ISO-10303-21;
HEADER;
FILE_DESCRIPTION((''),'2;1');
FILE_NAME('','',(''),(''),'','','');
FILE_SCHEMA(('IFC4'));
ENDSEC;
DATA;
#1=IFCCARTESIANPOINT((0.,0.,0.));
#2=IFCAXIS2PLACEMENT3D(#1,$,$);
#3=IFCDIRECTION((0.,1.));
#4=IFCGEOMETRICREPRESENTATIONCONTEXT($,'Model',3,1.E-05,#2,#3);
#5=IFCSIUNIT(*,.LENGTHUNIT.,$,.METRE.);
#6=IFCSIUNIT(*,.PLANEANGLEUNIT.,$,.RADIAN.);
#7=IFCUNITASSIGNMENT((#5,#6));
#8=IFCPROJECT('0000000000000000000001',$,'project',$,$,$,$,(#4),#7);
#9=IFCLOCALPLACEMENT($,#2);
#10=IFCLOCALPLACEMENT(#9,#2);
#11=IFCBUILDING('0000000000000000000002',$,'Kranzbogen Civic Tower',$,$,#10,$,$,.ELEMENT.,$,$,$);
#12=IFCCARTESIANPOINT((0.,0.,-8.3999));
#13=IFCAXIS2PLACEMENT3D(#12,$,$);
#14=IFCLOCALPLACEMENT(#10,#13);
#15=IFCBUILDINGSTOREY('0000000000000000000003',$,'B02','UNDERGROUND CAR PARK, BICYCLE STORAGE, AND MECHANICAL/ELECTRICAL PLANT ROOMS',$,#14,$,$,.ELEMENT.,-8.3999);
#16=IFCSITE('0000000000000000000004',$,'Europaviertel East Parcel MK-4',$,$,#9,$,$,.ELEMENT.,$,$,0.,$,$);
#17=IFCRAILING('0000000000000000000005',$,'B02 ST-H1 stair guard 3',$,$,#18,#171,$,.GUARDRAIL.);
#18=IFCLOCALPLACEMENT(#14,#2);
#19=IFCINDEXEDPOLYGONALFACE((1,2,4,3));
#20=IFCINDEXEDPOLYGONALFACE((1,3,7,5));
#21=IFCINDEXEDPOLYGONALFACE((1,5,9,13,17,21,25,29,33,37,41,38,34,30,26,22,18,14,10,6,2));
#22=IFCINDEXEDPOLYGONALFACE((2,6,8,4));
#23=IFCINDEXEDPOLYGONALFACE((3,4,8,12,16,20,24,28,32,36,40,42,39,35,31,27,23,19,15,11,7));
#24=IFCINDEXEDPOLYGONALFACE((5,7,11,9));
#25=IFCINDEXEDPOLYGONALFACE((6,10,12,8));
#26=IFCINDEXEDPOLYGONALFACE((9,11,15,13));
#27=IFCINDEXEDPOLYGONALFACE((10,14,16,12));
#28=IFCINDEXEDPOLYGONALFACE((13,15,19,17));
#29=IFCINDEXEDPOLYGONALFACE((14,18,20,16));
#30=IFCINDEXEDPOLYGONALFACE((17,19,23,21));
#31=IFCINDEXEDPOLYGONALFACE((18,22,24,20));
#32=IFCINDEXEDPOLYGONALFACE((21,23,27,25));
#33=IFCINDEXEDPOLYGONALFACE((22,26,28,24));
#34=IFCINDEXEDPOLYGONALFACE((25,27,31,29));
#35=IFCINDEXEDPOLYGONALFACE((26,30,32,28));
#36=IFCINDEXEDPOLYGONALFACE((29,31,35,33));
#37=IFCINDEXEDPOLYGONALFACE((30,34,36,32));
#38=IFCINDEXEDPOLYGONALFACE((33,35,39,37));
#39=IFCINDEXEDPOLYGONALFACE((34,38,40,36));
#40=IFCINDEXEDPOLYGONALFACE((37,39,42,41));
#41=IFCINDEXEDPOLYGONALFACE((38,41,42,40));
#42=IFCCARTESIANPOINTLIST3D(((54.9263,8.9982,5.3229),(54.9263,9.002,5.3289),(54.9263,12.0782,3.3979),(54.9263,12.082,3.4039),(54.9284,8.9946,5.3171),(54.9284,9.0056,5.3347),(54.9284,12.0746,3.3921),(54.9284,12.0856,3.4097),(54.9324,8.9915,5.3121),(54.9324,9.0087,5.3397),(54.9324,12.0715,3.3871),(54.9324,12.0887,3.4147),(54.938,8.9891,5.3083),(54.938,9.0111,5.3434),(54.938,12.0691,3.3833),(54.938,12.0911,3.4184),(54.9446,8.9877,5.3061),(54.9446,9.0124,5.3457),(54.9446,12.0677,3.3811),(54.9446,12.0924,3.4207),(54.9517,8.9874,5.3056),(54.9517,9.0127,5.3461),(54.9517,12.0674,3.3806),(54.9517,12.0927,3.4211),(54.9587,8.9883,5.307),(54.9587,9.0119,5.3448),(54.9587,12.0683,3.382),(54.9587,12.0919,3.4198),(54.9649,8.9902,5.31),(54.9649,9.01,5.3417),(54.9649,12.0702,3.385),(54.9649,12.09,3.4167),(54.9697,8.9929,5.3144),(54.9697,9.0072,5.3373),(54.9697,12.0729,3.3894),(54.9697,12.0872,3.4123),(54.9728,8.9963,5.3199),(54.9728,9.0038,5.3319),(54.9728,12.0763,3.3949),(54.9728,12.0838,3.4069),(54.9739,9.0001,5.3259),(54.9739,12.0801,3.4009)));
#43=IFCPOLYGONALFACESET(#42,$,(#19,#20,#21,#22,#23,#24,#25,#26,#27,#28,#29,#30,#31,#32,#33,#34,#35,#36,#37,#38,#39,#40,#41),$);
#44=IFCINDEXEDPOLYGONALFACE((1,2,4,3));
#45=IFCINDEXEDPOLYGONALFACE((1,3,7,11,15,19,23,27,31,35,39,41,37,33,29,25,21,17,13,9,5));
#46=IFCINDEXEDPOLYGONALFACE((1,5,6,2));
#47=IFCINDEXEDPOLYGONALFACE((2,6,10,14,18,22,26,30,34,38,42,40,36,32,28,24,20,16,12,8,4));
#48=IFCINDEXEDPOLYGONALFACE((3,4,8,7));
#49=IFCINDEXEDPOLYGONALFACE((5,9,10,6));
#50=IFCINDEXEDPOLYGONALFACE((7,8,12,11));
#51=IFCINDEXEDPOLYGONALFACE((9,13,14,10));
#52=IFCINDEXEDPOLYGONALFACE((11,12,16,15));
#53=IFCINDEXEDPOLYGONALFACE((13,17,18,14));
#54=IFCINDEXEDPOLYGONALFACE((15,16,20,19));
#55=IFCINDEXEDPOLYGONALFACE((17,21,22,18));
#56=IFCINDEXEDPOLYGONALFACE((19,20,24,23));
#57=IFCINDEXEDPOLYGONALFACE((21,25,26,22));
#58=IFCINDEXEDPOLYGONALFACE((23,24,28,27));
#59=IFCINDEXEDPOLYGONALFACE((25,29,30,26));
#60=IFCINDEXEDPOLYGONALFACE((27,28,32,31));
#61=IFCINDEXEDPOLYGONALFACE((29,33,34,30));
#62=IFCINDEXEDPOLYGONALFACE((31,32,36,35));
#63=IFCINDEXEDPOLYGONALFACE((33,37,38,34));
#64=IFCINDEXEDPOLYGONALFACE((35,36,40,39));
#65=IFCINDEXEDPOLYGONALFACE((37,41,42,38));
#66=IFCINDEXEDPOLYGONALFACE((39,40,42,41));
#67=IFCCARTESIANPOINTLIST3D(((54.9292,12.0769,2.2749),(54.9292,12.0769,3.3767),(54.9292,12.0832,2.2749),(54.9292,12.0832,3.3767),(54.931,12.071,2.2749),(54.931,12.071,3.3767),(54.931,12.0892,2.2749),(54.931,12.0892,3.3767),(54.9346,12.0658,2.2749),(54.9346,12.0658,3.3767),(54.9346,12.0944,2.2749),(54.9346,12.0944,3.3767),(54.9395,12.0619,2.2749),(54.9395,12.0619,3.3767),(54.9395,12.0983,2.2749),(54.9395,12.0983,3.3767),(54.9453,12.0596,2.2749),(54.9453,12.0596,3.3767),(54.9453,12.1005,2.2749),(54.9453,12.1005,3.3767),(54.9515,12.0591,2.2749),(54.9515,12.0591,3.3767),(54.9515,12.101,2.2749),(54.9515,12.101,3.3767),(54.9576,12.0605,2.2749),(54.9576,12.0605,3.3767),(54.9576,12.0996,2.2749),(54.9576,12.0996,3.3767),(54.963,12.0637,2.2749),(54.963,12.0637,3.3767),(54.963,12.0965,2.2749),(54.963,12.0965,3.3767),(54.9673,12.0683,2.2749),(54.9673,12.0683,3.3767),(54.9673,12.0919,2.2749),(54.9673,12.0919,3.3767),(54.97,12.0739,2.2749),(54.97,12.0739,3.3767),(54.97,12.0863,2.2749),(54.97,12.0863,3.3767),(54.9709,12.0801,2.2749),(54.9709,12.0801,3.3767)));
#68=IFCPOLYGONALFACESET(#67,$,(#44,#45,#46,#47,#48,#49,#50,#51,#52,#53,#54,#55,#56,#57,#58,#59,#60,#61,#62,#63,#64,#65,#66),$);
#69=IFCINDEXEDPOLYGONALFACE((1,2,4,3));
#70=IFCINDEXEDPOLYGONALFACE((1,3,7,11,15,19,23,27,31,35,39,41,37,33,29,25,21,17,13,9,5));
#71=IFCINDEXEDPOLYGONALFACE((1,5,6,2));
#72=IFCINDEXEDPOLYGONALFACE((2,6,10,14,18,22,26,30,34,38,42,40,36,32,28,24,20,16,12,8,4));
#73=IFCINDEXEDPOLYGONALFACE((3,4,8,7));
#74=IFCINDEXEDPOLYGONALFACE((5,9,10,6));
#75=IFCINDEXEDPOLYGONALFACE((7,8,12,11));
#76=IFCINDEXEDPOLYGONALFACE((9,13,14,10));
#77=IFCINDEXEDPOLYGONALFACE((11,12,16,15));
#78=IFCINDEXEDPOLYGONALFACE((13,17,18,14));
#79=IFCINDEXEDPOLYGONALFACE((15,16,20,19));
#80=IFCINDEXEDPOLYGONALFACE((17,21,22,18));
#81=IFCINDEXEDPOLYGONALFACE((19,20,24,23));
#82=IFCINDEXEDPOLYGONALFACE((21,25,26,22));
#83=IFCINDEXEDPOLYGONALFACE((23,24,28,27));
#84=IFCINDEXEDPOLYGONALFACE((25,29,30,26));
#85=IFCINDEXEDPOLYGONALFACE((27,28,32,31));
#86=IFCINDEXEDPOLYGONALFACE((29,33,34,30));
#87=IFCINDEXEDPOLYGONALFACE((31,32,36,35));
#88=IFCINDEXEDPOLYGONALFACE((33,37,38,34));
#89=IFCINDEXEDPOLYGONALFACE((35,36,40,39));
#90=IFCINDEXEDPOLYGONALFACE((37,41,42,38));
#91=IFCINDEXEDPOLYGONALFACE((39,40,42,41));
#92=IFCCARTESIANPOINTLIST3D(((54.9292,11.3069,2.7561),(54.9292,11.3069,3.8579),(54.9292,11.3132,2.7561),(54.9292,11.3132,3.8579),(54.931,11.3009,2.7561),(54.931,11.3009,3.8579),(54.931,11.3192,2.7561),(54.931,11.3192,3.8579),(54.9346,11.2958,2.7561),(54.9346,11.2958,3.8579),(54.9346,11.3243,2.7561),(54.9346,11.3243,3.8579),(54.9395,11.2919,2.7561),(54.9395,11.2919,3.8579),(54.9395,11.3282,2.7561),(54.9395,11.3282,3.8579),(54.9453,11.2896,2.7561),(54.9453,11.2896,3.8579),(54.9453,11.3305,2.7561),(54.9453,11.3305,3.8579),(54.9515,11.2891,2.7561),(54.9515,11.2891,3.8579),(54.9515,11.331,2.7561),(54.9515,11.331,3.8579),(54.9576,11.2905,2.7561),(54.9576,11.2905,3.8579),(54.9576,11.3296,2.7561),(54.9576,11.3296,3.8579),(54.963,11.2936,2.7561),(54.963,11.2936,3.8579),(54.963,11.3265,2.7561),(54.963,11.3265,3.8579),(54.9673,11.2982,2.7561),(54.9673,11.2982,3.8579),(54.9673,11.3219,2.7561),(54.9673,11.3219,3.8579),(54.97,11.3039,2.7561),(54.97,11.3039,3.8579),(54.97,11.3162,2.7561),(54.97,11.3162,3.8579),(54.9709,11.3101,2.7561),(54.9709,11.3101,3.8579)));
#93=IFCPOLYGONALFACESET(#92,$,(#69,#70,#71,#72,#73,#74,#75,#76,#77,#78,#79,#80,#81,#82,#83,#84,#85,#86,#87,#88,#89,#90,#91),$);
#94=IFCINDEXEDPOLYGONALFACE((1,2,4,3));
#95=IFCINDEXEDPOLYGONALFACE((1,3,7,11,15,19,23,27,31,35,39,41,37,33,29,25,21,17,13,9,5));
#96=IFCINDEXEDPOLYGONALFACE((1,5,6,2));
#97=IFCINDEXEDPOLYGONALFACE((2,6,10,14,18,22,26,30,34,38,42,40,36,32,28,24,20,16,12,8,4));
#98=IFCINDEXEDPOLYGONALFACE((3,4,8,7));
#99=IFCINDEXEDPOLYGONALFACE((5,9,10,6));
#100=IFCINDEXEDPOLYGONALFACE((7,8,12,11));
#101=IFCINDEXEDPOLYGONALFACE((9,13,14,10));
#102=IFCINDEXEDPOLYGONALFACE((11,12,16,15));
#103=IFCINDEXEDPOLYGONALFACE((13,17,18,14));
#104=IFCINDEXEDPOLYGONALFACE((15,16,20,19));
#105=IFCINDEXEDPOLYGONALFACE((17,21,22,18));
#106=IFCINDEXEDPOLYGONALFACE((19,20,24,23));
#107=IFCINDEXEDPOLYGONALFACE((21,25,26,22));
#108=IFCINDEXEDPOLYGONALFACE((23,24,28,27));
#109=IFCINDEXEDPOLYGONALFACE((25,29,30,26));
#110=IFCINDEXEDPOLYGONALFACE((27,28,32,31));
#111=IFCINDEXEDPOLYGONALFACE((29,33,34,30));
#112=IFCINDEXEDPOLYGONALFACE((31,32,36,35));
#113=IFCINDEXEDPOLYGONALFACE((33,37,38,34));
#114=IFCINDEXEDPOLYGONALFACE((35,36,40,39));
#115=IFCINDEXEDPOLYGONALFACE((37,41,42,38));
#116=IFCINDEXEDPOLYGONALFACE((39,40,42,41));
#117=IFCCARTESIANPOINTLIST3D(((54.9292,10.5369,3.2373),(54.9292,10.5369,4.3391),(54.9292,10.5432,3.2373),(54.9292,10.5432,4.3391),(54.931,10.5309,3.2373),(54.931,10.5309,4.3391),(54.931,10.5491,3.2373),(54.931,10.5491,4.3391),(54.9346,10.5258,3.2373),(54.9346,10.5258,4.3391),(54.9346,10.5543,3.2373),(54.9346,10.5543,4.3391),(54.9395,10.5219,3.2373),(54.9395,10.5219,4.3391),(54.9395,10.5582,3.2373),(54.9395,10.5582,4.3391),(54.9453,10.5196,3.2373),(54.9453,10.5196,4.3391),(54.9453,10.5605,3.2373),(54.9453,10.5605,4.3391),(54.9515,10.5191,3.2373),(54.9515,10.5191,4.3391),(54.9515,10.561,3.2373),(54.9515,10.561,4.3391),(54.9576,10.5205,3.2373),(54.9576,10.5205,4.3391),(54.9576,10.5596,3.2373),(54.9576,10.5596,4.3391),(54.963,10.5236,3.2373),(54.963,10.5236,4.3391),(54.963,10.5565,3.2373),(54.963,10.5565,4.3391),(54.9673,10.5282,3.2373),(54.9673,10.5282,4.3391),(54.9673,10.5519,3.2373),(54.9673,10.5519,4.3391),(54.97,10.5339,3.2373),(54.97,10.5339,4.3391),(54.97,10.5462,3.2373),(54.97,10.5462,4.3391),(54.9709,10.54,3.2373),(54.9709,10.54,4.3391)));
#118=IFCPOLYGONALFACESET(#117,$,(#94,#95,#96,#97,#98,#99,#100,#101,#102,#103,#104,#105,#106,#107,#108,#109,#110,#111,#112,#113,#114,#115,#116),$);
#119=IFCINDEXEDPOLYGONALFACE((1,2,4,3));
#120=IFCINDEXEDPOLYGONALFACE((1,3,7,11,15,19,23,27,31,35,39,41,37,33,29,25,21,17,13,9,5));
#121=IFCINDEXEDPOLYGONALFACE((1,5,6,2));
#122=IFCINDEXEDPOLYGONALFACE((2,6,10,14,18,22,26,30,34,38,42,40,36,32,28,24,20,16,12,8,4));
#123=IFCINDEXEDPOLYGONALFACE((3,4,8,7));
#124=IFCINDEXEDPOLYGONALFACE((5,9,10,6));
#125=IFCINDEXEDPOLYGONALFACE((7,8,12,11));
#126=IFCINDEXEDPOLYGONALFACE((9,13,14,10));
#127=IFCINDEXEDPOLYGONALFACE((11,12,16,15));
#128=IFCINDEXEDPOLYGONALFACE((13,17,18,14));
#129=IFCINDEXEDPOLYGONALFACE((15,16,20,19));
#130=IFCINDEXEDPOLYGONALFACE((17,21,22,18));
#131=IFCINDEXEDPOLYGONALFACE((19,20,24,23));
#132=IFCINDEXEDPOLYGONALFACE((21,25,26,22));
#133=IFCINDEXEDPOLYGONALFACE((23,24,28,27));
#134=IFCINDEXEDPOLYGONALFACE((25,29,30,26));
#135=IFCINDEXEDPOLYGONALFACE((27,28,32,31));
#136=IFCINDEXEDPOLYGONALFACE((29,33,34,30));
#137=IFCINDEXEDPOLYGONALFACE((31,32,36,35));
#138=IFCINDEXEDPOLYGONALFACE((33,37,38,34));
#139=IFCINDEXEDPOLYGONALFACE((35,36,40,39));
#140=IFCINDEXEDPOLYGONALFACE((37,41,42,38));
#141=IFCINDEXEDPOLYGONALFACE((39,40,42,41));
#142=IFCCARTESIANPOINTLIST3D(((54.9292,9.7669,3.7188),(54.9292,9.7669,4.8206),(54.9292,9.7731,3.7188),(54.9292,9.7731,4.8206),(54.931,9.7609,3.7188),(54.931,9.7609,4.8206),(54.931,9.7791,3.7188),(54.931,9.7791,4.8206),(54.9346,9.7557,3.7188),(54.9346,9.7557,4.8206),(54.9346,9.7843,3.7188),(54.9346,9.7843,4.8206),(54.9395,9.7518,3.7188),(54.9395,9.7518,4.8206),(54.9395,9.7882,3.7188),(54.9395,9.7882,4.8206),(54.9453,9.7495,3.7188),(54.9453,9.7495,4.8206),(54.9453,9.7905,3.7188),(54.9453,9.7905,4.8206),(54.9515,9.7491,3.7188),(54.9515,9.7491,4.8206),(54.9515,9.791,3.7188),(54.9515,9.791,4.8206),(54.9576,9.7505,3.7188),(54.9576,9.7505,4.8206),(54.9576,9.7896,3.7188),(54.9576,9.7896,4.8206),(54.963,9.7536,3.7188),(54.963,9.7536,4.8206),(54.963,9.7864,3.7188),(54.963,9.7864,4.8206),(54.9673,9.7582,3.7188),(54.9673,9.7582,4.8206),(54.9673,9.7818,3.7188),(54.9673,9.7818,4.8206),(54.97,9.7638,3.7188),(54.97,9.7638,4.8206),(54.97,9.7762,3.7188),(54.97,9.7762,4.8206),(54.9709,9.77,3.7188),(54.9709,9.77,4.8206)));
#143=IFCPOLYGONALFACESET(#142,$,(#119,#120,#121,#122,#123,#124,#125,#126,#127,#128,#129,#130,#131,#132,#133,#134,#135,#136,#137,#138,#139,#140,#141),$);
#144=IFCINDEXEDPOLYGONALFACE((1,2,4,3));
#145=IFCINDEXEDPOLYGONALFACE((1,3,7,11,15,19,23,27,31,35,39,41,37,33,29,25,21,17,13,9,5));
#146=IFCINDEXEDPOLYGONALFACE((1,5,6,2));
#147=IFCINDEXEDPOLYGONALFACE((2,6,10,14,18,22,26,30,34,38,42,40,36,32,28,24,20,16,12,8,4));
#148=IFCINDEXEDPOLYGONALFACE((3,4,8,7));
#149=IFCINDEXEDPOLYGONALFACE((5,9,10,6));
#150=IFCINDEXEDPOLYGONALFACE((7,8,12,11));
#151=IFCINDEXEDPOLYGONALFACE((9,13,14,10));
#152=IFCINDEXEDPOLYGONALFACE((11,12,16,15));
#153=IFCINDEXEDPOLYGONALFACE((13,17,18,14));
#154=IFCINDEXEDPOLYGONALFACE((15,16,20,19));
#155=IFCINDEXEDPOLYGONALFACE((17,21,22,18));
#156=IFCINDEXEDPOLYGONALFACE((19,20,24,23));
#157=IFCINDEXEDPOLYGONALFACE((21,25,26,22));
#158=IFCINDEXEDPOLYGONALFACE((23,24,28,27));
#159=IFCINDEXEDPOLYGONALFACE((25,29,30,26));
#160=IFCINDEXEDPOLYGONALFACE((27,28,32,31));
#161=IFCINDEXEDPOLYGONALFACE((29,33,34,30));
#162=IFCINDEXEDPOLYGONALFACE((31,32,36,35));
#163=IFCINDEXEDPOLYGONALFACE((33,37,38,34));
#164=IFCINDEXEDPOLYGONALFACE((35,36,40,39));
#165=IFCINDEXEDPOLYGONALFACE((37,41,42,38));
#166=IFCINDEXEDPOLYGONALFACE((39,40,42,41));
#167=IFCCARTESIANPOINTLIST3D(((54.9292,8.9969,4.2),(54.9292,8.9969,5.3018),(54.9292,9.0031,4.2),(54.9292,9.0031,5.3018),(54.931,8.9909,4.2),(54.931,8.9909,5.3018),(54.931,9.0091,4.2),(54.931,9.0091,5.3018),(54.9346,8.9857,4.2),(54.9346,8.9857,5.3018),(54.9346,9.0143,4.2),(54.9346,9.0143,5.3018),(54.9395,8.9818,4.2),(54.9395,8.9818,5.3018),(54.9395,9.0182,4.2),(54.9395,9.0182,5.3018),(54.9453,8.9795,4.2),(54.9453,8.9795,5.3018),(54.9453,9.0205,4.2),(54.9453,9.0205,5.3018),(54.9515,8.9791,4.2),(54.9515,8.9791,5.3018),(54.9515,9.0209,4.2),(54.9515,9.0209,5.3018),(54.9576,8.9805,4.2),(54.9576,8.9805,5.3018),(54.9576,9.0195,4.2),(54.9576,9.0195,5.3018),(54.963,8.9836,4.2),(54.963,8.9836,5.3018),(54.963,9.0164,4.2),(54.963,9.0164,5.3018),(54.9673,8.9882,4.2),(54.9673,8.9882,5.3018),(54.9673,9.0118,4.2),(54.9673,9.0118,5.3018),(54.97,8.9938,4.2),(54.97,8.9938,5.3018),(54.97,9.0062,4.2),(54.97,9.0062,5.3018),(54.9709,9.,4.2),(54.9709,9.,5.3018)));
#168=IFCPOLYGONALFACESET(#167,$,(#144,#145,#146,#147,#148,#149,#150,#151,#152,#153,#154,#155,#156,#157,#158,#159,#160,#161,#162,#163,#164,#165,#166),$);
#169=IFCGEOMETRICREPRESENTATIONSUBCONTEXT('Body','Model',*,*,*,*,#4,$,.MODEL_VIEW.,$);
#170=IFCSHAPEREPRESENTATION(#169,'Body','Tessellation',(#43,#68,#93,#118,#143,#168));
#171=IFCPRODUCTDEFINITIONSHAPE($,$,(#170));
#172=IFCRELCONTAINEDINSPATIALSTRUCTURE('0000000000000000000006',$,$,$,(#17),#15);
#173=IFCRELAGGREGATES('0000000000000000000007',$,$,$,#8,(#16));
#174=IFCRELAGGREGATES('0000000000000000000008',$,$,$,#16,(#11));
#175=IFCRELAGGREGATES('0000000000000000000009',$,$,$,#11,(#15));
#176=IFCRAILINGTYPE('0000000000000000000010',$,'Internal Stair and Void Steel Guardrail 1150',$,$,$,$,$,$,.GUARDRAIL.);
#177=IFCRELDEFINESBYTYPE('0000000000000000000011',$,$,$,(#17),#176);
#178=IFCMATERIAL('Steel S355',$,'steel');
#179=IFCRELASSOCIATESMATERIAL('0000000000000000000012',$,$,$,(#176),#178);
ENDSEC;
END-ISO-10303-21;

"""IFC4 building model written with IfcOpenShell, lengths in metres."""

from ifc_helpers import new_model, si_unit, direction, frame, origin, origin_2d, place, context, subcontext, project, spatial, circle, extrude, material, type_object, element, save


model = new_model("IFC4")

# Units and contexts
model_context = context("Model", 3, precision=1e-05, world=origin(), true_north=direction((0.0, 1.0)))
body_context = subcontext(model_context, "Body", "Model", "MODEL_VIEW")
ifc_project = project(units=[si_unit("LENGTHUNIT", "METRE"), si_unit("PLANEANGLEUNIT", "RADIAN")], contexts=[model_context])

# Site, building, storey
site_placement = place(None, origin())
site = spatial("IfcSite", under=ifc_project, at=site_placement, Name="Europaviertel East Parcel MK-4", CompositionType="ELEMENT", RefElevation=0.0)
building_placement = place(site_placement, origin())
building = spatial("IfcBuilding", under=site, at=building_placement, Name="Kranzbogen Civic Tower", CompositionType="ELEMENT")
storey_placement = place(building_placement, frame((0.0, 0.0, -8.3999)))
storey = spatial("IfcBuildingStorey", under=building, at=storey_placement, Name="B02", Description="UNDERGROUND CAR PARK, BICYCLE STORAGE, AND MECHANICAL/ELECTRICAL PLANT ROOMS", CompositionType="ELEMENT", Elevation=-8.3999)

# Shared definitions
ifc_material_1 = material(Name="Steel S355", Category="steel")

# Railing
railing_type_1 = type_object("IfcRailingType", Name="Internal Stair and Void Steel Guardrail 1150", PredefinedType="GUARDRAIL", material=ifc_material_1)
railing_1_placement = place(storey_placement, frame((54.95, 12.0801, 2.2749)))
element("IfcRailing", 1, at=railing_1_placement, inside=storey, type_object=railing_type_1, Name="B02 ST-H1 stair guard 3", PredefinedType="GUARDRAIL", context=body_context, shape_type="SweptSolid", body=[
    extrude(circle(Radius=0.0239, at=origin_2d()), frame((0.0, 0.0, 1.126), z_axis=(0.0, -0.847998, 0.529999), x_axis=(1.0, 0.0, 0.0)), (0.0, 0.0, 1.0), 3.6321),
    extrude(circle(Radius=0.021, at=origin_2d()), origin(), (0.0, 0.0, 1.0), 1.1018),
    extrude(circle(Radius=0.021, at=origin_2d()), frame((0.0, -0.77, 0.4812)), (0.0, 0.0, 1.0), 1.1018),
    extrude(circle(Radius=0.021, at=origin_2d()), frame((0.0, -1.54, 0.9624)), (0.0, 0.0, 1.0), 1.1018),
    extrude(circle(Radius=0.021, at=origin_2d()), frame((0.0, -2.3101, 1.4438)), (0.0, 0.0, 1.0), 1.1018),
    extrude(circle(Radius=0.021, at=origin_2d()), frame((0.0, -3.0801, 1.925)), (0.0, 0.0, 1.0), 1.1018),
])

save(model, "model.ifc")
